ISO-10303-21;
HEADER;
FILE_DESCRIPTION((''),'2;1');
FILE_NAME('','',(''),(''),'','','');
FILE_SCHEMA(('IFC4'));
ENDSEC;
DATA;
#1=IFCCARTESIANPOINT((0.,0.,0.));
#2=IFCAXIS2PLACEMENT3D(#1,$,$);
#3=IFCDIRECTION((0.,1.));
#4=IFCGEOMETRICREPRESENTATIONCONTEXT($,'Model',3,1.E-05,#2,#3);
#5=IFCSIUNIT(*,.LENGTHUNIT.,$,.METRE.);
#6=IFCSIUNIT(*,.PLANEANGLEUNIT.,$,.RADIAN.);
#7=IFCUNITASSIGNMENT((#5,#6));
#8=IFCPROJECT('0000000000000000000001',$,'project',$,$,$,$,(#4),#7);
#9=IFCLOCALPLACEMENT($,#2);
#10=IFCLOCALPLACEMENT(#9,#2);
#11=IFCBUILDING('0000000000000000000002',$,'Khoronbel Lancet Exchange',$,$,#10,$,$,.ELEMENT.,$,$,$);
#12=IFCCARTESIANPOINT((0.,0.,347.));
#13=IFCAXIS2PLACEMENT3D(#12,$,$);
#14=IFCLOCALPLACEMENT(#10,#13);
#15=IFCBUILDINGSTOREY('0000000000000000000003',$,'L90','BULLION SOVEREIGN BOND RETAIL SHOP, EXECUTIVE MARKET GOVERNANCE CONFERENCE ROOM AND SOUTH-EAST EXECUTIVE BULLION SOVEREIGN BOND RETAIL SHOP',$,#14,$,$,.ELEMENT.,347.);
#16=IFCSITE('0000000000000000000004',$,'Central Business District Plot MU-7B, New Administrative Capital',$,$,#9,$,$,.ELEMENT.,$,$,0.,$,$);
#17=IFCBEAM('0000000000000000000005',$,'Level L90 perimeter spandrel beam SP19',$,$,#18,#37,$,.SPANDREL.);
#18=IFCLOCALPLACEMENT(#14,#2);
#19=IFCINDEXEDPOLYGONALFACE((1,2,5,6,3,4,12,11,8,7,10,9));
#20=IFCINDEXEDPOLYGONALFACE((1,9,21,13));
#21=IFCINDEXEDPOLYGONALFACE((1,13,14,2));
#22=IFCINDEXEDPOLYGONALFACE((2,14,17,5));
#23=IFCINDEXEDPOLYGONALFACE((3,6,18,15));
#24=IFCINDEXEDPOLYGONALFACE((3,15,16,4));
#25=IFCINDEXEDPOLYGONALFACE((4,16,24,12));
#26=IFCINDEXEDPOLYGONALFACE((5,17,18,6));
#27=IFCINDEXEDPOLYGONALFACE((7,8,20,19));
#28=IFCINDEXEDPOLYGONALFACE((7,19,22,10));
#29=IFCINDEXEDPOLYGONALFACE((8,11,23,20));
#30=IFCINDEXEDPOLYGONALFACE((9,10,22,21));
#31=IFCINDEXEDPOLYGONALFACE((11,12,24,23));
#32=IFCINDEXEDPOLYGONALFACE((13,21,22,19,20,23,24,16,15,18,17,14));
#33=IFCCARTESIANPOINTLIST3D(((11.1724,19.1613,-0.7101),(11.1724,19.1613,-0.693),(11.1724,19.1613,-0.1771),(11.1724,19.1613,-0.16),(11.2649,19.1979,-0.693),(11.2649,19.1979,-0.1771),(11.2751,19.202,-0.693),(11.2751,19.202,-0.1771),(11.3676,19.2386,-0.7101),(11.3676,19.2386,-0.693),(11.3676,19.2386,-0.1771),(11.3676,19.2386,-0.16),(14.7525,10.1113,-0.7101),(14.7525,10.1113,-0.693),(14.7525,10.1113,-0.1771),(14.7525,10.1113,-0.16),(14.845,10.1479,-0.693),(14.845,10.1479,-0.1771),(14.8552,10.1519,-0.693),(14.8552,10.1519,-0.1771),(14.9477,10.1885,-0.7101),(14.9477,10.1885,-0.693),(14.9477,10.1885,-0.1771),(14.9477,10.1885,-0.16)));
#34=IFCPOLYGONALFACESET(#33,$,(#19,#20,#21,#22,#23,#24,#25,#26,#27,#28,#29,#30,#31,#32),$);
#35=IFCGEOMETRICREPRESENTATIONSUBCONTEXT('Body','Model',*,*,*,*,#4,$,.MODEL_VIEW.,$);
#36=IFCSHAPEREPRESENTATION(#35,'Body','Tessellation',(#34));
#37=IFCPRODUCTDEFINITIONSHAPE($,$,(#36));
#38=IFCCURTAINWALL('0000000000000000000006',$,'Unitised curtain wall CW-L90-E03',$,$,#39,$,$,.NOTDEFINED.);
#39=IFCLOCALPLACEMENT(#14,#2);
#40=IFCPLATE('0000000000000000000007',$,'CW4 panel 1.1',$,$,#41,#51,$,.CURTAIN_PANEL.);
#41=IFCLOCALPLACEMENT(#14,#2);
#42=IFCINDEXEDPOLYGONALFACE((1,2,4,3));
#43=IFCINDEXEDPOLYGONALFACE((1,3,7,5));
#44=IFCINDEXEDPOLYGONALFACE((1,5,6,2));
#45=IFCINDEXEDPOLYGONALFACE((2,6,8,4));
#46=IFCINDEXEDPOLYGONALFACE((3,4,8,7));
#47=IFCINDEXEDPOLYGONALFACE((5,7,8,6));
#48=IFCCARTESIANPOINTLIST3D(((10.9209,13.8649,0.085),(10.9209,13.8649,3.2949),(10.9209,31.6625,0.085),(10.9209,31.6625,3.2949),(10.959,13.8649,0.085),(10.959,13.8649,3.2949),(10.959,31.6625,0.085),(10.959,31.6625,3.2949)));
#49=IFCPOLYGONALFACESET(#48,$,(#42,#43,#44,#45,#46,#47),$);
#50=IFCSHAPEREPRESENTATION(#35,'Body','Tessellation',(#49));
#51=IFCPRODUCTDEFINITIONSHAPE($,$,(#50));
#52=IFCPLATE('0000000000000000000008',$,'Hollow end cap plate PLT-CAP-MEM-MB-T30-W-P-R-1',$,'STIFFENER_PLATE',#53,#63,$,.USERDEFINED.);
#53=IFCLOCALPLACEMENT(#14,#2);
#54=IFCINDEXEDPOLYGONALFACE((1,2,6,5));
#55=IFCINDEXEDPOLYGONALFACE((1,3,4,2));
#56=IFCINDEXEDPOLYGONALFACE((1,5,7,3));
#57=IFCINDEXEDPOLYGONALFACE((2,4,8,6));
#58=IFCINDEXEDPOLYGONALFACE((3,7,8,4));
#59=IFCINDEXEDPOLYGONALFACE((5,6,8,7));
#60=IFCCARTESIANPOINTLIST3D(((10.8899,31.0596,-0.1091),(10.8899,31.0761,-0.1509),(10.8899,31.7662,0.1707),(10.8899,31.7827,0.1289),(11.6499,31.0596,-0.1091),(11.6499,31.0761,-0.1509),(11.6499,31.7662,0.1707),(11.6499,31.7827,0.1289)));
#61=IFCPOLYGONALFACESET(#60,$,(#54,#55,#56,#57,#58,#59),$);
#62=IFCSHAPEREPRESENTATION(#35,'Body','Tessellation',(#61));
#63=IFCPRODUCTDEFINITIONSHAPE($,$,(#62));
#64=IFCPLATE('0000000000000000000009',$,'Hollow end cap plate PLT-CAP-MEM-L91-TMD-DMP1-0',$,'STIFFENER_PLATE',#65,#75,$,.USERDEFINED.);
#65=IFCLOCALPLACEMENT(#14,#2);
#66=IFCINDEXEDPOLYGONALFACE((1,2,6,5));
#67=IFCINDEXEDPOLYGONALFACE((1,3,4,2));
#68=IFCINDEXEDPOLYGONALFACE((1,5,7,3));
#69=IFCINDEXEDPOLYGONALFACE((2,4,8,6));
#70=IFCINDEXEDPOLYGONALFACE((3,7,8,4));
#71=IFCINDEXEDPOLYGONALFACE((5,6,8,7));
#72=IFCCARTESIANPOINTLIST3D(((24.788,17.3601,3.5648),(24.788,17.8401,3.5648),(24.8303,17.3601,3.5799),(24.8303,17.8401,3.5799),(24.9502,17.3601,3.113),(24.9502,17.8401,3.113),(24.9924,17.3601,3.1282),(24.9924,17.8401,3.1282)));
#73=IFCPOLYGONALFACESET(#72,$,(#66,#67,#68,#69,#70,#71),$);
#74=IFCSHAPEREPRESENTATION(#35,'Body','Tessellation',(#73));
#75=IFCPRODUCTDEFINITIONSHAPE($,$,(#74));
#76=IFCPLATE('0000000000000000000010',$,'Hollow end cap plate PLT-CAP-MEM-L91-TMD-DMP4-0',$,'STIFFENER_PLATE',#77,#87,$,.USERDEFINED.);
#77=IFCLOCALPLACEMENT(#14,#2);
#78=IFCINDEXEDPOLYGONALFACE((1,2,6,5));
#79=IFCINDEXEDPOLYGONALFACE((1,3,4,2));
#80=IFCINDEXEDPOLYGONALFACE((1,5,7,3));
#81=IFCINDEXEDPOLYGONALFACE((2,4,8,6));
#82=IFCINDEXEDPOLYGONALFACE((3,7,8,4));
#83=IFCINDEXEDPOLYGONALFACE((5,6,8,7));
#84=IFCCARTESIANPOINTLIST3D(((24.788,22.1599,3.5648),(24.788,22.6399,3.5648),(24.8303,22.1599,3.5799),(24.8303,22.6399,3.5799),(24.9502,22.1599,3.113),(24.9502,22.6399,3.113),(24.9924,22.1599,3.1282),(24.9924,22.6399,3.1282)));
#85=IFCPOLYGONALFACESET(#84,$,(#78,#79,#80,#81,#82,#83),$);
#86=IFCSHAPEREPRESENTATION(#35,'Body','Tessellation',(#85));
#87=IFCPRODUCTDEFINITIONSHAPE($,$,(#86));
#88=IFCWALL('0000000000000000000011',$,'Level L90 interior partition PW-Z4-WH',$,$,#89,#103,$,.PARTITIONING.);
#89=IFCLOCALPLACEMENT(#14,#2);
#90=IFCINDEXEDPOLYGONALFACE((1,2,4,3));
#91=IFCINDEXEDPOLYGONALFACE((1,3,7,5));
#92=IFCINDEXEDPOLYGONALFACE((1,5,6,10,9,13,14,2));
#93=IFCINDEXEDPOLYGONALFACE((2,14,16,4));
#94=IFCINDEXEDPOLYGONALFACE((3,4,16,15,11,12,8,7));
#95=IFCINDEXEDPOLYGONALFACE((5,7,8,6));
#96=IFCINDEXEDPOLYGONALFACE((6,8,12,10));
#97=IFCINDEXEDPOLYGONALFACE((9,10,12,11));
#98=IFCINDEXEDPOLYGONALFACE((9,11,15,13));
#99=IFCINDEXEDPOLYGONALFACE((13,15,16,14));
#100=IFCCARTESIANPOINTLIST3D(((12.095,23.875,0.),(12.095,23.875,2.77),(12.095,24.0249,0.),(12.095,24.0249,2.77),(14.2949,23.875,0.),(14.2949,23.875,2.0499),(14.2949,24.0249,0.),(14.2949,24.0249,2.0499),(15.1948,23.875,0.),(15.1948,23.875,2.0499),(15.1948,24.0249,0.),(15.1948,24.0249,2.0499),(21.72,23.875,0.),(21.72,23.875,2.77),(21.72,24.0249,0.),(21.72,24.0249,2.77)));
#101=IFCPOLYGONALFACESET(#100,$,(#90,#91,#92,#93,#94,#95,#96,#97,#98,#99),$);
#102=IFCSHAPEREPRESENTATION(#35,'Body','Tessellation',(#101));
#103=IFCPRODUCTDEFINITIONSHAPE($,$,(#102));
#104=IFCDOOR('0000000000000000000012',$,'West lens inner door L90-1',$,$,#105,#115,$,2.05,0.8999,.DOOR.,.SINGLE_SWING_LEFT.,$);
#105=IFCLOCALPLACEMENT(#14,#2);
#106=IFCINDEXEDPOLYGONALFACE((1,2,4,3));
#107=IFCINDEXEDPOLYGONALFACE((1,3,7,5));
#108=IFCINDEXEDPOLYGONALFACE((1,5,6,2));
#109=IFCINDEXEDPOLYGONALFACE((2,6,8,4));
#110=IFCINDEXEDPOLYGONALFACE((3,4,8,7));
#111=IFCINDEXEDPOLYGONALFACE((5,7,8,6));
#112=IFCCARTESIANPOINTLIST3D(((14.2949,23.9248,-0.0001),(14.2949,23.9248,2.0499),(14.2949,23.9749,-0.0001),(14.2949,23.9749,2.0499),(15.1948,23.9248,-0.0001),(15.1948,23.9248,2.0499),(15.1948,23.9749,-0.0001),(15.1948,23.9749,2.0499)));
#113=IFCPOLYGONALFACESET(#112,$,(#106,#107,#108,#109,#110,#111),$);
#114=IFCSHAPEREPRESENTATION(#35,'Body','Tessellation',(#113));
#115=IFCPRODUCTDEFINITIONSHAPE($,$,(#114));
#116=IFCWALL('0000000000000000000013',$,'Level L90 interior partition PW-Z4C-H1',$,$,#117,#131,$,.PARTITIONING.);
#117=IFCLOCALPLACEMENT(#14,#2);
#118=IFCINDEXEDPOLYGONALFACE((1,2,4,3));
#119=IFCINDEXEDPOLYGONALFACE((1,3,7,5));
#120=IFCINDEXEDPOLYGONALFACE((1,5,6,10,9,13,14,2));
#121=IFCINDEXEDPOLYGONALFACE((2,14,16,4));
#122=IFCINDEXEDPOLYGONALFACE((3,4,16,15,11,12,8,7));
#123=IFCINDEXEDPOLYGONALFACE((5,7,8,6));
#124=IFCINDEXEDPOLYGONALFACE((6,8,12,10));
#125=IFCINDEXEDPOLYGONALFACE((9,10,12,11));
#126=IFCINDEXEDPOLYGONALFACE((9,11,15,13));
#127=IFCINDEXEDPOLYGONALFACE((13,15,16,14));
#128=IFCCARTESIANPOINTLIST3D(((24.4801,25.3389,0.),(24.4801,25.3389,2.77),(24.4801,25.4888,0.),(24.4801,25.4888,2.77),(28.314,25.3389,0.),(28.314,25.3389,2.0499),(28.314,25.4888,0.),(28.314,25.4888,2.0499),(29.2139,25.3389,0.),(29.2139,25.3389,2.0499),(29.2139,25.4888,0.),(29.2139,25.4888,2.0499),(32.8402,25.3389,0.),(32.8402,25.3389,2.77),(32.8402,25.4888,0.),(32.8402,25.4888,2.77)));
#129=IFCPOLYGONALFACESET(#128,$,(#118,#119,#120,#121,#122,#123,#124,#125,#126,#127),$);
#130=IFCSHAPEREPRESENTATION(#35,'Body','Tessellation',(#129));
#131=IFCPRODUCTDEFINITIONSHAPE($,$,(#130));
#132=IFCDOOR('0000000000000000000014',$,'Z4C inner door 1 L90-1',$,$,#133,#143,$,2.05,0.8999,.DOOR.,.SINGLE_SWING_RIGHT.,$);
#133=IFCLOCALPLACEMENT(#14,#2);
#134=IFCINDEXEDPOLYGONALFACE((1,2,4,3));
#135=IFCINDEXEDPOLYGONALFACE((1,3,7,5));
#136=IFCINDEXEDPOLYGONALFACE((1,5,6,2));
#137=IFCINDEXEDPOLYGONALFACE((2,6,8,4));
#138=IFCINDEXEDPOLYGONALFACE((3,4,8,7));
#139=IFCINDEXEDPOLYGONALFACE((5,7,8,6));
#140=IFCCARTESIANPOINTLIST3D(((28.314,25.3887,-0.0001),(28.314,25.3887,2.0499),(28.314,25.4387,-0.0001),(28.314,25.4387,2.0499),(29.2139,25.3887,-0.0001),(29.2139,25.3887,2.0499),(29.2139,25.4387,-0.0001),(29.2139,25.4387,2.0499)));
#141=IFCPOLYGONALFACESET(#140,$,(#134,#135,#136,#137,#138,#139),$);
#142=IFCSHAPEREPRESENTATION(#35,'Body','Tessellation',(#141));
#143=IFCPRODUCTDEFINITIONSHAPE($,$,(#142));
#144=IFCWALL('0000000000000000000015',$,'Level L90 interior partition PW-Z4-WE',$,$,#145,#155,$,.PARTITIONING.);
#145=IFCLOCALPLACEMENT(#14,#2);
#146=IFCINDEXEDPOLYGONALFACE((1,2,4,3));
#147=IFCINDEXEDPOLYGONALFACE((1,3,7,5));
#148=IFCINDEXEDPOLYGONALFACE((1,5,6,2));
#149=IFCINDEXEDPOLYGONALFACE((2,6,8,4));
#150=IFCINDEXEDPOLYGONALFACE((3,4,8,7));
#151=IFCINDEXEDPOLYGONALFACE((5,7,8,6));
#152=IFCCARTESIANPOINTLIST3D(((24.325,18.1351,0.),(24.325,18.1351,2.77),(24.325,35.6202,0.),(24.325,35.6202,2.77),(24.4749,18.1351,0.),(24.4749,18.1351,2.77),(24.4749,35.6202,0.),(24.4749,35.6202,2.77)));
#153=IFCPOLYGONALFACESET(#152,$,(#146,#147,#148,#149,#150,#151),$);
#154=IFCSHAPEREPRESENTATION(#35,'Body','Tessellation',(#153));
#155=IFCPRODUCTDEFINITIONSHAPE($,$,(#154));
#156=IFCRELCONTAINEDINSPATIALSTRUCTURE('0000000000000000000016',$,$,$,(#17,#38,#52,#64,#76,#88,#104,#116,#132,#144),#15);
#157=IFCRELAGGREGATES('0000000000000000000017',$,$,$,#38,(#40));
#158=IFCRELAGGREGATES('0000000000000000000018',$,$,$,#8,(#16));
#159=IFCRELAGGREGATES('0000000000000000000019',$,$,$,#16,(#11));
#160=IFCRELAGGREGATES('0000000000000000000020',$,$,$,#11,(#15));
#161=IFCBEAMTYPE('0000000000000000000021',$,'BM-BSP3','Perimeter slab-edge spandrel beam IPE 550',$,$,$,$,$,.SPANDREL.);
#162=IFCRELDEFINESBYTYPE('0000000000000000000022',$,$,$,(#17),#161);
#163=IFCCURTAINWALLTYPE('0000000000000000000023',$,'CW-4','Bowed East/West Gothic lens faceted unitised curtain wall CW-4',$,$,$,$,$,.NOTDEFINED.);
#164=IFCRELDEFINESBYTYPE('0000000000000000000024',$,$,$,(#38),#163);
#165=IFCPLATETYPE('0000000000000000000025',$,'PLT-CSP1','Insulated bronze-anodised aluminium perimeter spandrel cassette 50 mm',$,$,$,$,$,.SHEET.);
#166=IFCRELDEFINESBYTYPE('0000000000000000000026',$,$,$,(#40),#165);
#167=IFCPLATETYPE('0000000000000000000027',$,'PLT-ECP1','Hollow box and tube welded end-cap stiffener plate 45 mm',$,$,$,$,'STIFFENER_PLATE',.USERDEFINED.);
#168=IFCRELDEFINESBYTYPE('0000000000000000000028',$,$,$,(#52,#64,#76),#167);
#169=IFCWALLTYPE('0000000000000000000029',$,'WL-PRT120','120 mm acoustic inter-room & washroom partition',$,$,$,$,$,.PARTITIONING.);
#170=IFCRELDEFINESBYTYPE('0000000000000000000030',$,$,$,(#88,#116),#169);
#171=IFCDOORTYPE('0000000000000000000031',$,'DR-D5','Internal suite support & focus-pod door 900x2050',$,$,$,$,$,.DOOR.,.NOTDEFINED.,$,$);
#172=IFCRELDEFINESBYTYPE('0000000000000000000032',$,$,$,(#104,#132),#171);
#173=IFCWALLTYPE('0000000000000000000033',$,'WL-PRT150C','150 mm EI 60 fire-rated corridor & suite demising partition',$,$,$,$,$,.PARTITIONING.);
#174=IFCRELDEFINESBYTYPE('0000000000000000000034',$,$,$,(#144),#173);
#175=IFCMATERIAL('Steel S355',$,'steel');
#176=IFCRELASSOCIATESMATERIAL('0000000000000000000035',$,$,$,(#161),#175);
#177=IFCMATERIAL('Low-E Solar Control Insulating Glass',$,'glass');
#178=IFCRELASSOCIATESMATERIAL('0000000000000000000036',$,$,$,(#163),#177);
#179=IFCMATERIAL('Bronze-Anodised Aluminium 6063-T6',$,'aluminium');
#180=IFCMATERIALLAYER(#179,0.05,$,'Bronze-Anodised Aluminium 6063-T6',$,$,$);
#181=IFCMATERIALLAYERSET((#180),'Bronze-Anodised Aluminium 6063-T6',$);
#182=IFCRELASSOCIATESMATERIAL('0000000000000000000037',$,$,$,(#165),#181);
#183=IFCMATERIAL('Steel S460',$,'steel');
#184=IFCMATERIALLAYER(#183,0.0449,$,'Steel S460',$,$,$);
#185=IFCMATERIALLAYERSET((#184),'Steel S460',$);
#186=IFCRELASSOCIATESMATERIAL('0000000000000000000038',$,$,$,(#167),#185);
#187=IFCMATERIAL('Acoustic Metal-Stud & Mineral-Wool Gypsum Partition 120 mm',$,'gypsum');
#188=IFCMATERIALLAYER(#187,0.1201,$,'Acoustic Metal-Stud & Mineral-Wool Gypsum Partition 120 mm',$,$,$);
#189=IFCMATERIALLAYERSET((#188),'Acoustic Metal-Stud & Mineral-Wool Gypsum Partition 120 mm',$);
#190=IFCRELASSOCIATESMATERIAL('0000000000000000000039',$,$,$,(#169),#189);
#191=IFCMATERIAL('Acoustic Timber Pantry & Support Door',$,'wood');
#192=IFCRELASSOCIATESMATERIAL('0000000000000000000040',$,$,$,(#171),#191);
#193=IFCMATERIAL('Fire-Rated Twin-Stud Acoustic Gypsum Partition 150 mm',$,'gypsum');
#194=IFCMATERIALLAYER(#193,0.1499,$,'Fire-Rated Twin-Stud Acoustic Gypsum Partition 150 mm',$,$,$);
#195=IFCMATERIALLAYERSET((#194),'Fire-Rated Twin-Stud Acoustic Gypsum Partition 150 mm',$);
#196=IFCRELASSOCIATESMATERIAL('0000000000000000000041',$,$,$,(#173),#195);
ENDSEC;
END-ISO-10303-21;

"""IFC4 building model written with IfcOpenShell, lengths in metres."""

from ifc_helpers import new_model, si_unit, direction, frame, frame_2d, origin, origin_2d, place, context, subcontext, project, spatial, polyline, rectangle, i_section, outline, extrude, material, layer, layer_set, material_profile, profile_set, type_object, element, fill, aggregate, save


model = new_model("IFC4")

# Units and contexts
model_context = context("Model", 3, precision=1e-05, world=origin(), true_north=direction((0.0, 1.0)))
body_context = subcontext(model_context, "Body", "Model", "MODEL_VIEW")
ifc_project = project(units=[si_unit("LENGTHUNIT", "METRE"), si_unit("PLANEANGLEUNIT", "RADIAN")], contexts=[model_context])

# Site, building, storey
site_placement = place(None, origin())
site = spatial("IfcSite", under=ifc_project, at=site_placement, Name="Central Business District Plot MU-7B, New Administrative Capital", CompositionType="ELEMENT", RefElevation=0.0)
building_placement = place(site_placement, origin())
building = spatial("IfcBuilding", under=site, at=building_placement, Name="Khoronbel Lancet Exchange", CompositionType="ELEMENT")
storey_placement = place(building_placement, frame((0.0, 0.0, 347.0)))
storey = spatial("IfcBuildingStorey", under=building, at=storey_placement, Name="L90", Description="BULLION SOVEREIGN BOND RETAIL SHOP, EXECUTIVE MARKET GOVERNANCE CONFERENCE ROOM AND SOUTH-EAST EXECUTIVE BULLION SOVEREIGN BOND RETAIL SHOP", CompositionType="ELEMENT", Elevation=347.0)

# Shared definitions
ifc_material_1 = material(Name="Steel S355", Category="steel")

# Beam
ifc_material_profile_1 = material_profile(ifc_material_1, i_section(OverallWidth=0.21, OverallDepth=0.55, WebThickness=0.011, FlangeThickness=0.0171, at=origin_2d()), Name="IPE 550")
ifc_profile_set_1 = profile_set([ifc_material_profile_1], Name="Steel S355")
beam_type_1 = type_object("IfcBeamType", Name="BM-BSP3", Description="Perimeter slab-edge spandrel beam IPE 550", PredefinedType="SPANDREL", material=ifc_profile_set_1)
beam_1_placement = place(storey_placement, frame((11.27, 19.2, -0.4351), z_axis=(0.36785, -0.929885, 0.0), x_axis=(0.929885, 0.36785, 0.0)))
element("IfcBeam", 1, at=beam_1_placement, inside=storey, type_object=beam_type_1, Name="Level L90 perimeter spandrel beam SP19", PredefinedType="SPANDREL", context=body_context, shape_type="SweptSolid", body=[
    extrude(i_section(OverallWidth=0.21, OverallDepth=0.55, WebThickness=0.011, FlangeThickness=0.0171, at=origin_2d()), origin(), (0.0, 0.0, 1.0), 9.7324),
])

# Curtain wall, plate
ifc_material_2 = material(Name="Low-E Solar Control Insulating Glass", Category="glass")
curtain_wall_type = type_object("IfcCurtainWallType", Name="CW-4", Description="Bowed East/West Gothic lens faceted unitised curtain wall CW-4", PredefinedType="NOTDEFINED", material=ifc_material_2)
curtain_wall_placement = place(storey_placement, origin())
curtain_wall = element("IfcCurtainWall", 2, at=curtain_wall_placement, inside=storey, type_object=curtain_wall_type, Name="Unitised curtain wall CW-L90-E03", PredefinedType="NOTDEFINED")
ifc_material_3 = material(Name="Bronze-Anodised Aluminium 6063-T6", Category="aluminium")
ifc_layer_1 = layer(ifc_material_3, 0.05, Name="Bronze-Anodised Aluminium 6063-T6")
ifc_layer_set_1 = layer_set([ifc_layer_1], Name="Bronze-Anodised Aluminium 6063-T6")
plate_type_1 = type_object("IfcPlateType", Name="PLT-CSP1", Description="Insulated bronze-anodised aluminium perimeter spandrel cassette 50 mm", PredefinedType="SHEET", material=ifc_layer_set_1)
plate_1_placement = place(storey_placement, frame((10.9399, 22.7637, 0.085), z_axis=(0.0, 0.0, 1.0), x_axis=(0.0, 1.0, 0.0)))
plate_1 = element("IfcPlate", 3, at=plate_1_placement, type_object=plate_type_1, Name="CW4 panel 1.1", PredefinedType="CURTAIN_PANEL", context=body_context, shape_type="SweptSolid", body=[
    extrude(rectangle(XDim=17.7976, YDim=0.0381, at=origin_2d()), origin(), (0.0, 0.0, 1.0), 3.21),
])
aggregate(curtain_wall, [plate_1])

# Plates
ifc_material_4 = material(Name="Steel S460", Category="steel")
ifc_layer_2 = layer(ifc_material_4, 0.0449, Name="Steel S460")
ifc_layer_set_2 = layer_set([ifc_layer_2], Name="Steel S460")
plate_type_2 = type_object("IfcPlateType", Name="PLT-ECP1", Description="Hollow box and tube welded end-cap stiffener plate 45 mm", ElementType="STIFFENER_PLATE", PredefinedType="USERDEFINED", material=ifc_layer_set_2)
plate_2_placement = place(storey_placement, frame((10.8899, 31.0596, -0.1091), z_axis=(0.0, -0.368176, 0.929756), x_axis=(1.0, 0.0, 0.0)))
element("IfcPlate", 4, at=plate_2_placement, inside=storey, type_object=plate_type_2, Name="Hollow end cap plate PLT-CAP-MEM-MB-T30-W-P-R-1", ObjectType="STIFFENER_PLATE", PredefinedType="USERDEFINED", context=body_context, shape_type="SweptSolid", body=[
    extrude(outline(polyline([(0.0, 0.0), (0.76, 0.0), (0.76, 0.76), (0.0, 0.76), (0.0, 0.0)])), origin(), (0.0, 0.0, -1.0), 0.0449),
])
for number, where, z_axis, x_axis, name in (
    (5, (24.9924, 17.3601, 3.1282), (0.941211, 0.0, 0.337819), (0.0, 1.0, 0.0), "Hollow end cap plate PLT-CAP-MEM-L91-TMD-DMP1-0"),
    (6, (24.9924, 22.1599, 3.1282), (0.941211, 0.0, 0.337819), (0.0, 1.0, 0.0), "Hollow end cap plate PLT-CAP-MEM-L91-TMD-DMP4-0"),
):
    element("IfcPlate", number, at=place(storey_placement, frame(where, z_axis=z_axis, x_axis=x_axis)), inside=storey, type_object=plate_type_2, Name=name, ObjectType="STIFFENER_PLATE", PredefinedType="USERDEFINED", context=body_context, shape_type="SweptSolid", body=[
        extrude(outline(polyline([(0.0, 0.0), (0.48, 0.0), (0.48, 0.48), (0.0, 0.48), (0.0, 0.0)])), origin(), (0.0, 0.0, -1.0), 0.0449),
    ])

# Walls, openings, doors
ifc_material_5 = material(Name="Acoustic Metal-Stud & Mineral-Wool Gypsum Partition 120 mm", Category="gypsum")
ifc_layer_3 = layer(ifc_material_5, 0.1201, Name="Acoustic Metal-Stud & Mineral-Wool Gypsum Partition 120 mm")
ifc_layer_set_3 = layer_set([ifc_layer_3], Name="Acoustic Metal-Stud & Mineral-Wool Gypsum Partition 120 mm")
wall_type_1 = type_object("IfcWallType", Name="WL-PRT120", Description="120 mm acoustic inter-room & washroom partition", PredefinedType="PARTITIONING", material=ifc_layer_set_3)
wall_1_placement = place(storey_placement, frame((12.095, 23.95, 0.0), z_axis=(0.0, 0.0, 1.0), x_axis=(1.0, 0.0, 0.0)))
wall_1 = element("IfcWall", 7, at=wall_1_placement, inside=storey, type_object=wall_type_1, Name="Level L90 interior partition PW-Z4-WH", PredefinedType="PARTITIONING", context=body_context, shape_type="SweptSolid", body=[
    extrude(rectangle(XDim=9.625, YDim=0.1499, at=frame_2d((4.8125, 0.0))), origin(), (0.0, 0.0, 1.0), 2.77),
])
opening_1_placement = place(wall_1_placement, frame((2.2, 0.0, 0.0)))
opening_1 = element("IfcOpeningElement", 8, at=opening_1_placement, cuts=wall_1, PredefinedType="OPENING", context=body_context, shape_type="SweptSolid", body=[
    extrude(rectangle(XDim=0.8999, YDim=2.05, at=frame_2d((0.45, 1.0249))), frame((0.0, 0.085, 0.0), z_axis=(0.0, -1.0, 0.0), x_axis=(1.0, 0.0, 0.0)), (0.0, 0.0, 1.0), 0.1699),
])
ifc_material_6 = material(Name="Acoustic Timber Pantry & Support Door", Category="wood")
door_type_1 = type_object("IfcDoorType", Name="DR-D5", Description="Internal suite support & focus-pod door 900x2050", OperationType="NOTDEFINED", PredefinedType="DOOR", material=ifc_material_6)
door_1_placement = place(opening_1_placement, origin())
door_1 = element("IfcDoor", 9, at=door_1_placement, inside=storey, type_object=door_type_1, Name="West lens inner door L90-1", OperationType="SINGLE_SWING_LEFT", OverallHeight=2.05, OverallWidth=0.8999, PredefinedType="DOOR", context=body_context, shape_type="SweptSolid", body=[
    extrude(rectangle(XDim=0.8999, YDim=2.05, at=frame_2d((0.45, 1.0249))), frame((0.0, 0.0249, 0.0), z_axis=(0.0, -1.0, 0.0), x_axis=(1.0, 0.0, 0.0)), (0.0, 0.0, 1.0), 0.05),
])
fill(opening_1, door_1)
wall_2_placement = place(storey_placement, frame((24.48, 25.4138, 0.0), z_axis=(0.0, 0.0, 1.0), x_axis=(1.0, 0.0, 0.0)))
wall_2 = element("IfcWall", 10, at=wall_2_placement, inside=storey, type_object=wall_type_1, Name="Level L90 interior partition PW-Z4C-H1", PredefinedType="PARTITIONING", context=body_context, shape_type="SweptSolid", body=[
    extrude(rectangle(XDim=8.3601, YDim=0.1499, at=frame_2d((4.1802, 0.0))), origin(), (0.0, 0.0, 1.0), 2.77),
])
opening_2_placement = place(wall_2_placement, frame((3.834, 0.0, 0.0)))
opening_2 = element("IfcOpeningElement", 11, at=opening_2_placement, cuts=wall_2, PredefinedType="OPENING", context=body_context, shape_type="SweptSolid", body=[
    extrude(rectangle(XDim=0.8999, YDim=2.05, at=frame_2d((0.45, 1.0249))), frame((0.0, 0.085, 0.0), z_axis=(0.0, -1.0, 0.0), x_axis=(1.0, 0.0, 0.0)), (0.0, 0.0, 1.0), 0.1699),
])
door_2_placement = place(opening_2_placement, origin())
door_2 = element("IfcDoor", 12, at=door_2_placement, inside=storey, type_object=door_type_1, Name="Z4C inner door 1 L90-1", OperationType="SINGLE_SWING_RIGHT", OverallHeight=2.05, OverallWidth=0.8999, PredefinedType="DOOR", context=body_context, shape_type="SweptSolid", body=[
    extrude(rectangle(XDim=0.8999, YDim=2.05, at=frame_2d((0.45, 1.0249))), frame((0.0, 0.0249, 0.0), z_axis=(0.0, -1.0, 0.0), x_axis=(1.0, 0.0, 0.0)), (0.0, 0.0, 1.0), 0.05),
])
fill(opening_2, door_2)

# Wall
ifc_material_7 = material(Name="Fire-Rated Twin-Stud Acoustic Gypsum Partition 150 mm", Category="gypsum")
ifc_layer_4 = layer(ifc_material_7, 0.1499, Name="Fire-Rated Twin-Stud Acoustic Gypsum Partition 150 mm")
ifc_layer_set_4 = layer_set([ifc_layer_4], Name="Fire-Rated Twin-Stud Acoustic Gypsum Partition 150 mm")
wall_type_2 = type_object("IfcWallType", Name="WL-PRT150C", Description="150 mm EI 60 fire-rated corridor & suite demising partition", PredefinedType="PARTITIONING", material=ifc_layer_set_4)
wall_3_placement = place(storey_placement, frame((24.3999, 18.135, 0.0), z_axis=(0.0, 0.0, 1.0), x_axis=(0.0, 1.0, 0.0)))
element("IfcWall", 13, at=wall_3_placement, inside=storey, type_object=wall_type_2, Name="Level L90 interior partition PW-Z4-WE", PredefinedType="PARTITIONING", context=body_context, shape_type="SweptSolid", body=[
    extrude(rectangle(XDim=17.4851, YDim=0.1499, at=frame_2d((8.7427, 0.0))), origin(), (0.0, 0.0, 1.0), 2.77),
])

save(model, "model.ifc")
